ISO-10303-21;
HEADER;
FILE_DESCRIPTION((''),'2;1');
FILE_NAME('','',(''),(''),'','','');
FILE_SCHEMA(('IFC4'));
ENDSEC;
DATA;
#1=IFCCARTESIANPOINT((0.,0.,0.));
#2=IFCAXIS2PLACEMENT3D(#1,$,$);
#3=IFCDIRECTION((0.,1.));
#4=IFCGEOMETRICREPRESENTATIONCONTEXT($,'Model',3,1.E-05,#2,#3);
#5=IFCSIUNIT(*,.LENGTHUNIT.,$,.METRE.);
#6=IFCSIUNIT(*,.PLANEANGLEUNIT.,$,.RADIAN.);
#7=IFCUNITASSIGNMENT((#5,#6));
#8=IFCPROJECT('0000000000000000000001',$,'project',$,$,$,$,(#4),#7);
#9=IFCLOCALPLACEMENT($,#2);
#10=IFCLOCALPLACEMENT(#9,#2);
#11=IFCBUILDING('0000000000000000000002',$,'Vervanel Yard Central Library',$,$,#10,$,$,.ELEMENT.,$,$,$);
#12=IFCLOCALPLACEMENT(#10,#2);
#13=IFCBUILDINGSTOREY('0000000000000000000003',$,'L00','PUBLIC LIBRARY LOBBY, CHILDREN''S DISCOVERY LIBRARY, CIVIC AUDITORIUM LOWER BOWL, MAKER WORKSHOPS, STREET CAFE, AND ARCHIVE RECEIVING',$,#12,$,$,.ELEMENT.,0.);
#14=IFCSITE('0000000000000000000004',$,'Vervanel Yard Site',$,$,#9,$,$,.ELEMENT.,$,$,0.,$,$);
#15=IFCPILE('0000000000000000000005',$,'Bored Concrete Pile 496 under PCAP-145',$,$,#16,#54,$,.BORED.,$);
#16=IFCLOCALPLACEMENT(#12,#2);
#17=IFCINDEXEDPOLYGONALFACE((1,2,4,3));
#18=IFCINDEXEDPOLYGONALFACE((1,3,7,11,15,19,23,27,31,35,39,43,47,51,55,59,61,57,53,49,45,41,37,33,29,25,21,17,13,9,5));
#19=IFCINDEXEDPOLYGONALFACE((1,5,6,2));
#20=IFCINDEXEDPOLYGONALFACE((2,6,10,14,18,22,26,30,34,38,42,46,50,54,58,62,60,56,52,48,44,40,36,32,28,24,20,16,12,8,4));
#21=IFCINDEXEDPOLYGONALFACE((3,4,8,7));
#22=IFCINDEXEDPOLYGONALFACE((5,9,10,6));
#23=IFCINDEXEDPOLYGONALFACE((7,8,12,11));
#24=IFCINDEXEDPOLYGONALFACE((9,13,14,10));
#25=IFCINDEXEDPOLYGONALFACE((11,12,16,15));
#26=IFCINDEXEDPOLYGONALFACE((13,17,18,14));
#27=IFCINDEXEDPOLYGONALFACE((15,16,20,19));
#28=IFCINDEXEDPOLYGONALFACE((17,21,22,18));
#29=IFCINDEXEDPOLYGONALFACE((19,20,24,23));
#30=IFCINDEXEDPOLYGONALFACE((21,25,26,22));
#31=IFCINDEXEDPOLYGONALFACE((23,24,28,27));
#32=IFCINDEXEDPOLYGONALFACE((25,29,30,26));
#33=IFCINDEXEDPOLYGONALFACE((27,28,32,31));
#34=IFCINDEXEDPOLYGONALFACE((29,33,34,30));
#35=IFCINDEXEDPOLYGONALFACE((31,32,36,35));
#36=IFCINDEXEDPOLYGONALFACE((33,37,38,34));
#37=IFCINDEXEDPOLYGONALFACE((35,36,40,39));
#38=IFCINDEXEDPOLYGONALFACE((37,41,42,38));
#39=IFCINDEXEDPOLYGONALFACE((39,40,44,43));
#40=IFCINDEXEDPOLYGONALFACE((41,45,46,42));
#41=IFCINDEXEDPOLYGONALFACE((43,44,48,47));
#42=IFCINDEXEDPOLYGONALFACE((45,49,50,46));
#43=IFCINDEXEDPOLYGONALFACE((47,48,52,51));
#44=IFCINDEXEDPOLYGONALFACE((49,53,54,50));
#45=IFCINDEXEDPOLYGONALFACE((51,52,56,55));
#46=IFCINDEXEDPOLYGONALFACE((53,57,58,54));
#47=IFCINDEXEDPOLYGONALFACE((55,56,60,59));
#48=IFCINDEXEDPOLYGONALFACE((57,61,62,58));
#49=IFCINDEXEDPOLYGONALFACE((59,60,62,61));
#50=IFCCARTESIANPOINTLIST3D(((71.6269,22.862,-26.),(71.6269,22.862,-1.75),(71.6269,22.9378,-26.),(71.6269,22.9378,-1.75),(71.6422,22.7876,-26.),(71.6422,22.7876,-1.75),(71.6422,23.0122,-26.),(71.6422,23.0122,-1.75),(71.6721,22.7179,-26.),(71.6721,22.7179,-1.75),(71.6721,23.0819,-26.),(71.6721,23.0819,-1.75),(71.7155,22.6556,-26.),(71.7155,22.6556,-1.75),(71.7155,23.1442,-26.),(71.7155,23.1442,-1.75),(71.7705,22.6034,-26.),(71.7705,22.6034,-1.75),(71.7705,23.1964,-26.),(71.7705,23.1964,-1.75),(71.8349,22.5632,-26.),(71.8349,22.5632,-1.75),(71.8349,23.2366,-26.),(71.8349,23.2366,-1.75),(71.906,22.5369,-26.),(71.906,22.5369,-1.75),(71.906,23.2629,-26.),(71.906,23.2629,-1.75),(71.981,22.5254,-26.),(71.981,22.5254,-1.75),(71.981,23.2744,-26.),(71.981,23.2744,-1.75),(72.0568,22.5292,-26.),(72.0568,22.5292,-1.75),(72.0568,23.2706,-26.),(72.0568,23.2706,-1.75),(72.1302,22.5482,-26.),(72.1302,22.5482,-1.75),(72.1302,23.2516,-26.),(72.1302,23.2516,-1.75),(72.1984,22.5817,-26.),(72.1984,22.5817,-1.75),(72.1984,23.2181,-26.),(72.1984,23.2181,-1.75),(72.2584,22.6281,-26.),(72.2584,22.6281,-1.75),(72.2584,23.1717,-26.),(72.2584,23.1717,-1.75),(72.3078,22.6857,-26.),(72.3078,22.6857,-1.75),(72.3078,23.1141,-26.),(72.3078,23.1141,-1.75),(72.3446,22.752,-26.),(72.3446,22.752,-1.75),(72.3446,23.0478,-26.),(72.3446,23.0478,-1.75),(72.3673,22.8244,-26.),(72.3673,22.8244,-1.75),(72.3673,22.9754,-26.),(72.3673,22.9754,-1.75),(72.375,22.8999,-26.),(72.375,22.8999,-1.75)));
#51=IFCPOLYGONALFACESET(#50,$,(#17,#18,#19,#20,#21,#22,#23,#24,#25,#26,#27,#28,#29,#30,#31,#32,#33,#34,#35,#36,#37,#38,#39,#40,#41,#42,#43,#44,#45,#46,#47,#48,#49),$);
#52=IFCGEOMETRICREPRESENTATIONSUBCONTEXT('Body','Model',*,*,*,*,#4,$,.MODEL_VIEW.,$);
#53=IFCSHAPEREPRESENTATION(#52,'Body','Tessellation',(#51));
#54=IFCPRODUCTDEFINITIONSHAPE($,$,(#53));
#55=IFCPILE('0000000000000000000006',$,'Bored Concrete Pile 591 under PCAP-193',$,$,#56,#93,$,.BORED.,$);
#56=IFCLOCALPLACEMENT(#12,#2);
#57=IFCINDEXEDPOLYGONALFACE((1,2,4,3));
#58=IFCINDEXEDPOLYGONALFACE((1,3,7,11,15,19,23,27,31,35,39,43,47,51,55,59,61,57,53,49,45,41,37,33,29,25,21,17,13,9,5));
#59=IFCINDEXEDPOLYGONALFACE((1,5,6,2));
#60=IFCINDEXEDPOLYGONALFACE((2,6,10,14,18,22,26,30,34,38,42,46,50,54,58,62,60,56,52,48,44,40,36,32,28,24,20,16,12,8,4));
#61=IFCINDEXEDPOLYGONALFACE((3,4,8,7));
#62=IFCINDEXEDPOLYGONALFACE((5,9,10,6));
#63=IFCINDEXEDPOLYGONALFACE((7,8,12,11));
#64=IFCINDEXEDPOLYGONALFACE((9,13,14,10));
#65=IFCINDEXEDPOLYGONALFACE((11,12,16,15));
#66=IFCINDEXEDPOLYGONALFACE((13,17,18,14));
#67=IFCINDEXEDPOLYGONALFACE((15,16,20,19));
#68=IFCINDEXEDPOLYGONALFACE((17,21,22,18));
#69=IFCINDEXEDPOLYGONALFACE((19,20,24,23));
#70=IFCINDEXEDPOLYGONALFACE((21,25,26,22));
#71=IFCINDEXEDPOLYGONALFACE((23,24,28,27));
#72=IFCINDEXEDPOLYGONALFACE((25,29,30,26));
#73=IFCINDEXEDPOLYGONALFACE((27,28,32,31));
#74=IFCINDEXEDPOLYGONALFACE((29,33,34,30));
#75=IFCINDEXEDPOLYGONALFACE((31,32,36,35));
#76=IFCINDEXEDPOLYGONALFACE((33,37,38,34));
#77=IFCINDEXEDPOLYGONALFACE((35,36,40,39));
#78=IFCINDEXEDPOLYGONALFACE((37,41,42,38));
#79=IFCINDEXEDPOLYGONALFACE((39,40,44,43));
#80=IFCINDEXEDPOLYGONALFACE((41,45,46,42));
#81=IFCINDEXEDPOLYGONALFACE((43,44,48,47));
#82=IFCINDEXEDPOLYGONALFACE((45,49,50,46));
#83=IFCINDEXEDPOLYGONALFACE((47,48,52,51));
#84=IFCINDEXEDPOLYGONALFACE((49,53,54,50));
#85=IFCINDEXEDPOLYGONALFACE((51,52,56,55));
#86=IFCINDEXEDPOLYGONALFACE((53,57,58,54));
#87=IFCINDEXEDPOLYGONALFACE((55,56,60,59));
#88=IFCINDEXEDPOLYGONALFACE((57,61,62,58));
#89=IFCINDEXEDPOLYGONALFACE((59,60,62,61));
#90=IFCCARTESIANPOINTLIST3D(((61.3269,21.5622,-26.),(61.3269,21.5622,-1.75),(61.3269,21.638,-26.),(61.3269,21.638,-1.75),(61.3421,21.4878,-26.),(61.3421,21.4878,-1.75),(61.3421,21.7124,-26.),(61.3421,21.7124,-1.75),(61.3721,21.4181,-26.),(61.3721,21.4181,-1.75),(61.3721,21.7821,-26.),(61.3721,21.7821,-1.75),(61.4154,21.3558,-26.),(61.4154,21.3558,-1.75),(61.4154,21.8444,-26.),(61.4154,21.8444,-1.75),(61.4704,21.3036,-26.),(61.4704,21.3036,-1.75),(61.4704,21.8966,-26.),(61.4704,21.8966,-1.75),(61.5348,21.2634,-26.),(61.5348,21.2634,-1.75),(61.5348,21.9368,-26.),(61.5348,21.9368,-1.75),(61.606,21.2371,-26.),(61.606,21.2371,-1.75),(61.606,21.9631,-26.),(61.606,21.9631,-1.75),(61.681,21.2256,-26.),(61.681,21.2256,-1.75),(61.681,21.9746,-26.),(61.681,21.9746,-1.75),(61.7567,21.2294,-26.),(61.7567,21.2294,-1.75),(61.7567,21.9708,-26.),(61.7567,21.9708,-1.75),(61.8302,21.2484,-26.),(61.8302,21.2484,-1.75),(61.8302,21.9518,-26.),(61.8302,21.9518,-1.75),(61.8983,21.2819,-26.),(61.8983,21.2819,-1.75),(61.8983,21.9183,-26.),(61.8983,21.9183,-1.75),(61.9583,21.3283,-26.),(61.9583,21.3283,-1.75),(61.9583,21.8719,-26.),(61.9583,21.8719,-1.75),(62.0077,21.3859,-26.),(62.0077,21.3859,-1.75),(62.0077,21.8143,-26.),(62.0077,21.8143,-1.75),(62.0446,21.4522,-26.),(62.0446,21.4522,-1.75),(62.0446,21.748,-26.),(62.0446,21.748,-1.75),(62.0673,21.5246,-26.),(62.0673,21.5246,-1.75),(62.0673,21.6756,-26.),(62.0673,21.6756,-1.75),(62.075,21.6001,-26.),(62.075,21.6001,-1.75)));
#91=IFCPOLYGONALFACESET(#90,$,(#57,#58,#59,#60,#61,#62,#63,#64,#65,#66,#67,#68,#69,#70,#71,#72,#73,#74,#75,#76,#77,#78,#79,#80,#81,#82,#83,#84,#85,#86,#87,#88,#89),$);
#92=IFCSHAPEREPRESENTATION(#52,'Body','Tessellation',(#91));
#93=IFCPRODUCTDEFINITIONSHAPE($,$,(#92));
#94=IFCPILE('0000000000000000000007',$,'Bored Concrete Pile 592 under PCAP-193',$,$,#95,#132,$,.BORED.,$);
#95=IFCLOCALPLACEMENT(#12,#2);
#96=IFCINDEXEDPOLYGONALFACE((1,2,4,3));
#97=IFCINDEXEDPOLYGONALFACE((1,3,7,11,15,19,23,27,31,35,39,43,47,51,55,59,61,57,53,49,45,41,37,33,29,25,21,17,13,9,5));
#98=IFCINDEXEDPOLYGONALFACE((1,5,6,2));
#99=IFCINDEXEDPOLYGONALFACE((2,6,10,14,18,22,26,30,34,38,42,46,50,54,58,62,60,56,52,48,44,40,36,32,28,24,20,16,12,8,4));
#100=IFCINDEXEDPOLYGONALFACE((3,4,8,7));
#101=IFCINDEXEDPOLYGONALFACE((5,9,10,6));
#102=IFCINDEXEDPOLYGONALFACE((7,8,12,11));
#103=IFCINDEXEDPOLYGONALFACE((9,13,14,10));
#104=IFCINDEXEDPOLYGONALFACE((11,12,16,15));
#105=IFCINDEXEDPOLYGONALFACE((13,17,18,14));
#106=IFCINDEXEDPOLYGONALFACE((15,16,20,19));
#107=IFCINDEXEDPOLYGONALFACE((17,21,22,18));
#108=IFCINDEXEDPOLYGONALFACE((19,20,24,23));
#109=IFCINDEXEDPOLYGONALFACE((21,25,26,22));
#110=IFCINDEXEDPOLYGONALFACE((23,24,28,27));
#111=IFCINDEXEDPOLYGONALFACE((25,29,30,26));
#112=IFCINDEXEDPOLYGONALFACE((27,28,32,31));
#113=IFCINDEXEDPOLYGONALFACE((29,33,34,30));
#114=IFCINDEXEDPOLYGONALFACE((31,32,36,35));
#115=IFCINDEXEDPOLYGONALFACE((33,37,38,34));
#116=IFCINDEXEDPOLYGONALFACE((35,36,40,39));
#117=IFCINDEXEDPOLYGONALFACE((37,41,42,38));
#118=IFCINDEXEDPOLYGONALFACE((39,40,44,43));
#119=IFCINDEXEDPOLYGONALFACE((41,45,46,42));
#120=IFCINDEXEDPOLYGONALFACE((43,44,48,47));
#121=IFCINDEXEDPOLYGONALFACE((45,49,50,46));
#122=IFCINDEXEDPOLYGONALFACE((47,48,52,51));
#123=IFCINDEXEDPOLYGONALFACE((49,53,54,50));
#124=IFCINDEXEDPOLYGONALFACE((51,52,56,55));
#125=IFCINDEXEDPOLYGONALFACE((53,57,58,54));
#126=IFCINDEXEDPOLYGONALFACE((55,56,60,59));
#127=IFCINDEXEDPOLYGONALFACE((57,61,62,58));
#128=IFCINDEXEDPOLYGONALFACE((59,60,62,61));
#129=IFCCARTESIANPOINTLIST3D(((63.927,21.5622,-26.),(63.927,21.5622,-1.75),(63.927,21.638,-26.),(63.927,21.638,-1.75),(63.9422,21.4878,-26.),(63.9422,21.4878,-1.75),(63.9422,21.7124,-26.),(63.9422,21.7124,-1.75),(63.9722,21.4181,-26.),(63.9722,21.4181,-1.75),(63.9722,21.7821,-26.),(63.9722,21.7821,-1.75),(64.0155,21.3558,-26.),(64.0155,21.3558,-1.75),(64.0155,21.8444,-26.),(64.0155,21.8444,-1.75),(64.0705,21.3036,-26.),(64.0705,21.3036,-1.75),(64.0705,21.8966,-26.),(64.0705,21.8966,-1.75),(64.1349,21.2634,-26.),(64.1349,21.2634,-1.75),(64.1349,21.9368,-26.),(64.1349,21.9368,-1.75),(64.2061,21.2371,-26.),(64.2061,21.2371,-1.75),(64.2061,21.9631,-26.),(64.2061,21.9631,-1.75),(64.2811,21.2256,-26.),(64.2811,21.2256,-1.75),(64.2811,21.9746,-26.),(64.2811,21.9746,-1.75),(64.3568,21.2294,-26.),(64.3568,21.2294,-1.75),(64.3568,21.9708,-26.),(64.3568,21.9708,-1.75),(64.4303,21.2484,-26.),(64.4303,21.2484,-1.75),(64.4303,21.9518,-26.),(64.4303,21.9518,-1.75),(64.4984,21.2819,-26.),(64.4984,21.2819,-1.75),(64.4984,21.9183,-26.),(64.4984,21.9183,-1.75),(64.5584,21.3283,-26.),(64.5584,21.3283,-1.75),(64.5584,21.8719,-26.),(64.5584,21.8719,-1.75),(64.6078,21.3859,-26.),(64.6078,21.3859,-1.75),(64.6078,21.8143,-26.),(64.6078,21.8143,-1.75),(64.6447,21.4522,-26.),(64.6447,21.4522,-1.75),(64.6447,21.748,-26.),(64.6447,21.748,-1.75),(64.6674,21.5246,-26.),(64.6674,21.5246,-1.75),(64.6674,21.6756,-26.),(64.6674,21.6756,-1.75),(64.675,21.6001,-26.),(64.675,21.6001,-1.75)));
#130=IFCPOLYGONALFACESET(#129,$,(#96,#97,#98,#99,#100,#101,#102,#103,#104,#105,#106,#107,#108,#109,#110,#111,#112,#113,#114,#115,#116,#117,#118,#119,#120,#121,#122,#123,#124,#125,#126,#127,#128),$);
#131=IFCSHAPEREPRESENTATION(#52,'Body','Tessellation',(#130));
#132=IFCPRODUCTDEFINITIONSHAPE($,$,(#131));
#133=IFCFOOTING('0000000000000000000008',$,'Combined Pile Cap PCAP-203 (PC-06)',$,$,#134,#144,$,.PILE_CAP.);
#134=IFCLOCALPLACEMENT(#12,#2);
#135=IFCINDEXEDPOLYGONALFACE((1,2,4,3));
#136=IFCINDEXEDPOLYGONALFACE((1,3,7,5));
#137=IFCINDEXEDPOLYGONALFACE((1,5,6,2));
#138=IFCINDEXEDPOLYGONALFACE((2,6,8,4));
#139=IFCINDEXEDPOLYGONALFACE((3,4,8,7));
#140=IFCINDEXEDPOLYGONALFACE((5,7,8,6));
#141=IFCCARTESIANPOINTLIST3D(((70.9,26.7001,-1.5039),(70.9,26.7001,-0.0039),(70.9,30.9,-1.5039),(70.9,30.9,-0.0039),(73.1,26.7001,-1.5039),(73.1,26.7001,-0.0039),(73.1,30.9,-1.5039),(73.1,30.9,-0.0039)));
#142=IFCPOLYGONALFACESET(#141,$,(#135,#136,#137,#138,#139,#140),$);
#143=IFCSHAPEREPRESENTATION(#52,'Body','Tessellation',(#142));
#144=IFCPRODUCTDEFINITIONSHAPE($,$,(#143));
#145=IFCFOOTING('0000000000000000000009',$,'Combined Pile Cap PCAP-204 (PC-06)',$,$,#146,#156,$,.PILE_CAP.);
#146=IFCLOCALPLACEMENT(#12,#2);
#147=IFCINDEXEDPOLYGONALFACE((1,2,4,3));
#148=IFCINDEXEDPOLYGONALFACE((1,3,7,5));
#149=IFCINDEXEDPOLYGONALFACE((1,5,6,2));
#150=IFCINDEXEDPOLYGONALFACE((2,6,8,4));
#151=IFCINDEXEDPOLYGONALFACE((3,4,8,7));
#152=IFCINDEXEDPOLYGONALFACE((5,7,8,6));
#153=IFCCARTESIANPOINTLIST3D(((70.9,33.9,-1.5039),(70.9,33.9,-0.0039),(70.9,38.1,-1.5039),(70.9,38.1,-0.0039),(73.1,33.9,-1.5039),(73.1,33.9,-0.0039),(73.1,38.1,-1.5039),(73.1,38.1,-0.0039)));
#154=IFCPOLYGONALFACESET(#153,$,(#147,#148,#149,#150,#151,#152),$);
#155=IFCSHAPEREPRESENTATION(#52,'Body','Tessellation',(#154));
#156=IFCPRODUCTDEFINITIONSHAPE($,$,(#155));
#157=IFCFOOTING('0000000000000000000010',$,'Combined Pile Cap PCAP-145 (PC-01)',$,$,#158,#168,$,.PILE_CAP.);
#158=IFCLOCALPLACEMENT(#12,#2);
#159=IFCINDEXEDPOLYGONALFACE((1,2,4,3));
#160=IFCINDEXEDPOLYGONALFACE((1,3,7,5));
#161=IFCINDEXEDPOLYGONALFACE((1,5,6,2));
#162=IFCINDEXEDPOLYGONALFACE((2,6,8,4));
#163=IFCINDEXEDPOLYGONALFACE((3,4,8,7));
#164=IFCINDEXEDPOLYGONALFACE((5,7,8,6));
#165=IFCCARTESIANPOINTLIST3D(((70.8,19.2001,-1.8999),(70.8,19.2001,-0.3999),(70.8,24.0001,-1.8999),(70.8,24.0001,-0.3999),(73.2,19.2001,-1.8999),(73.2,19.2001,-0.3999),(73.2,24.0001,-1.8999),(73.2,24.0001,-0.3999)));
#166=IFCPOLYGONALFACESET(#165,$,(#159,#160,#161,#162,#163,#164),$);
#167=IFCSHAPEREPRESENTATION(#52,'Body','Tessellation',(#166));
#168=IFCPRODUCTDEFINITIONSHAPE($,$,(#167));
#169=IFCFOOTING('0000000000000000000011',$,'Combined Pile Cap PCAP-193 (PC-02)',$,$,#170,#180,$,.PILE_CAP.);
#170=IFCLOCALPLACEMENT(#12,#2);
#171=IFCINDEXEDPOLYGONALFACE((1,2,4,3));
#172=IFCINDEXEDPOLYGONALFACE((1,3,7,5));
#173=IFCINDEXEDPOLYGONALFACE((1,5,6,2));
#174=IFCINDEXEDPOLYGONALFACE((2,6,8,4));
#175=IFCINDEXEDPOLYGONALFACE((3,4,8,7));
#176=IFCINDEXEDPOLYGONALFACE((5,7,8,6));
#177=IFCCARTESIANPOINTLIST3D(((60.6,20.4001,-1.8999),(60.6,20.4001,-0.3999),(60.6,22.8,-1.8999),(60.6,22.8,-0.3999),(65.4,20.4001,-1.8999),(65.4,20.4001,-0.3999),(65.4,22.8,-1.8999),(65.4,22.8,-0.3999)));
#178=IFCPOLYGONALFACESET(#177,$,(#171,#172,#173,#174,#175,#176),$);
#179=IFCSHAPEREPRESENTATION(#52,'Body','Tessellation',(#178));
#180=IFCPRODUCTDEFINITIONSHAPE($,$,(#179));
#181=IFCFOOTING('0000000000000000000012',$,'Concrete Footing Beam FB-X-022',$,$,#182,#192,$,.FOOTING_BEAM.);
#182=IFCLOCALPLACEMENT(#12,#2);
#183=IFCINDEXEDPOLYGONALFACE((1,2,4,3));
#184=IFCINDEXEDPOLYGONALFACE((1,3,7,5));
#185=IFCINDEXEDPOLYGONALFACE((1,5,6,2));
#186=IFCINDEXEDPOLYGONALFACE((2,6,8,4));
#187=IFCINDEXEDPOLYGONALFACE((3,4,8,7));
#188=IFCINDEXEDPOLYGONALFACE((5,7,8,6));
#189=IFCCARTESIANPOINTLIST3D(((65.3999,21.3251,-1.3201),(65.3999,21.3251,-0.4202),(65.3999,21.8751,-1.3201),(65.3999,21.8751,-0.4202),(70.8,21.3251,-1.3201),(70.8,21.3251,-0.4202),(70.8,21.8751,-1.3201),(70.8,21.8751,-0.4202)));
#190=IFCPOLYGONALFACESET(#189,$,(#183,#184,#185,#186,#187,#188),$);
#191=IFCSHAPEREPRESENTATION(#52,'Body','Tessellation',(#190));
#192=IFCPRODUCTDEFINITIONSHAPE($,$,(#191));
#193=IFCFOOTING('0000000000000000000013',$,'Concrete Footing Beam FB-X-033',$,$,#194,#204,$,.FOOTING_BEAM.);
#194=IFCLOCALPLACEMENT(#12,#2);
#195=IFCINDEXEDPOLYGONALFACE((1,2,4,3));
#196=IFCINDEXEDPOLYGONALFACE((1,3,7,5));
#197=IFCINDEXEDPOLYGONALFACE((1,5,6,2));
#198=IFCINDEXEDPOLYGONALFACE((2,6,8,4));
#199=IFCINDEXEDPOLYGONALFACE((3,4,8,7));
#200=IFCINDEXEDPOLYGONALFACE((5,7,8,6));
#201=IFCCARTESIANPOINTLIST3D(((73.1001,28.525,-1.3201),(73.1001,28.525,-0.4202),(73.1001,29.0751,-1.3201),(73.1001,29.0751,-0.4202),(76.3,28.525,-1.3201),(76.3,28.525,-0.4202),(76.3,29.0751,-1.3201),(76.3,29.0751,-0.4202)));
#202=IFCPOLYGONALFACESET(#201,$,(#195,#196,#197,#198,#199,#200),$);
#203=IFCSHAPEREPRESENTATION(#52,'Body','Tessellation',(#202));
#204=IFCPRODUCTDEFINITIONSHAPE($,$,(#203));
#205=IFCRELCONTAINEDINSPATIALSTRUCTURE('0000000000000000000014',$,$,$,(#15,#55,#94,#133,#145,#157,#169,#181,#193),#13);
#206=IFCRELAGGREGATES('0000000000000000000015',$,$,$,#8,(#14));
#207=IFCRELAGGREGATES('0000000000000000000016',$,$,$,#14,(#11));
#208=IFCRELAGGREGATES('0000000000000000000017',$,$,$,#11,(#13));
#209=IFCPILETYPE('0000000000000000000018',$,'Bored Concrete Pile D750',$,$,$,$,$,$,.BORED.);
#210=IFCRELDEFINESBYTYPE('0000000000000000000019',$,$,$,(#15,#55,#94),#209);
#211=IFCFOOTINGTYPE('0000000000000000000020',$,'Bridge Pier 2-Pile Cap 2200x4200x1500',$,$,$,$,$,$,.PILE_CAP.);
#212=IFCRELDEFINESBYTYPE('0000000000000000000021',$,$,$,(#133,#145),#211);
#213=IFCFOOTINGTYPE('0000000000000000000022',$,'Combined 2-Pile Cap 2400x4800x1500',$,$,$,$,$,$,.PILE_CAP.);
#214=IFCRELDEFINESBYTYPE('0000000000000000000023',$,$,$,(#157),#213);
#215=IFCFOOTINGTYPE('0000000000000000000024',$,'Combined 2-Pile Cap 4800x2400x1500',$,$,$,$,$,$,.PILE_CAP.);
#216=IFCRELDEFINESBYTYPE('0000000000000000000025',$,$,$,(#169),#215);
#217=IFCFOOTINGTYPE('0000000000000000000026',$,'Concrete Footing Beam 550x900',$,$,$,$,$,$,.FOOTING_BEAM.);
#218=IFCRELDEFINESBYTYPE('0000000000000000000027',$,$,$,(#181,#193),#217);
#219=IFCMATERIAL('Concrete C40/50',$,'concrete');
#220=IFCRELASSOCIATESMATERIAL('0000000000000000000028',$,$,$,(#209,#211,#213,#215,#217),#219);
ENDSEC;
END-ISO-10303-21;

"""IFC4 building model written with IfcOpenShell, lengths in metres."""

from ifc_helpers import new_model, si_unit, direction, frame, origin, origin_2d, place, context, subcontext, project, spatial, rectangle, circle, extrude, material, material_profile, profile_set, type_object, element, save


model = new_model("IFC4")

# Units and contexts
model_context = context("Model", 3, precision=1e-05, world=origin(), true_north=direction((0.0, 1.0)))
body_context = subcontext(model_context, "Body", "Model", "MODEL_VIEW")
ifc_project = project(units=[si_unit("LENGTHUNIT", "METRE"), si_unit("PLANEANGLEUNIT", "RADIAN")], contexts=[model_context])

# Site, building, storey
site_placement = place(None, origin())
site = spatial("IfcSite", under=ifc_project, at=site_placement, Name="Vervanel Yard Site", CompositionType="ELEMENT", RefElevation=0.0)
building_placement = place(site_placement, origin())
building = spatial("IfcBuilding", under=site, at=building_placement, Name="Vervanel Yard Central Library", CompositionType="ELEMENT")
storey_placement = place(building_placement, origin())
storey = spatial("IfcBuildingStorey", under=building, at=storey_placement, Name="L00", Description="PUBLIC LIBRARY LOBBY, CHILDREN'S DISCOVERY LIBRARY, CIVIC AUDITORIUM LOWER BOWL, MAKER WORKSHOPS, STREET CAFE, AND ARCHIVE RECEIVING", CompositionType="ELEMENT", Elevation=0.0)

# Piles
ifc_material_1 = material(Name="Concrete C40/50", Category="concrete")
ifc_material_profile_1 = material_profile(ifc_material_1, circle(Radius=0.375, at=origin_2d()), Name="BP D750", Category="concrete")
ifc_profile_set_1 = profile_set([ifc_material_profile_1], Name="Concrete C40/50")
pile_type_1 = type_object("IfcPileType", Name="Bored Concrete Pile D750", PredefinedType="BORED", material=ifc_profile_set_1)
for number, where, z_axis, x_axis, name in (
    (1, (72.0, 22.8999, -1.75), (0.0, 0.0, -1.0), (1.0, 0.0, 0.0), "Bored Concrete Pile 496 under PCAP-145"),
    (2, (61.7, 21.6001, -1.75), (0.0, 0.0, -1.0), (1.0, 0.0, 0.0), "Bored Concrete Pile 591 under PCAP-193"),
    (3, (64.3, 21.6001, -1.75), (0.0, 0.0, -1.0), (1.0, 0.0, 0.0), "Bored Concrete Pile 592 under PCAP-193"),
):
    element("IfcPile", number, at=place(storey_placement, frame(where, z_axis=z_axis, x_axis=x_axis)), inside=storey, type_object=pile_type_1, Name=name, PredefinedType="BORED", context=body_context, shape_type="SweptSolid", body=[
        extrude(circle(Radius=0.375, at=origin_2d()), origin(), (0.0, 0.0, 1.0), 24.25),
    ])

# Footings
footing_type_1 = type_object("IfcFootingType", Name="Bridge Pier 2-Pile Cap 2200x4200x1500", PredefinedType="PILE_CAP", material=ifc_material_1)
for number, where, z_axis, x_axis, name in (
    (4, (72.0, 28.8, -1.5039), (0.0, 0.0, 1.0), (1.0, 0.0, 0.0), "Combined Pile Cap PCAP-203 (PC-06)"),
    (5, (72.0, 36.0, -1.5039), (0.0, 0.0, 1.0), (1.0, 0.0, 0.0), "Combined Pile Cap PCAP-204 (PC-06)"),
):
    element("IfcFooting", number, at=place(storey_placement, frame(where, z_axis=z_axis, x_axis=x_axis)), inside=storey, type_object=footing_type_1, Name=name, PredefinedType="PILE_CAP", context=body_context, shape_type="SweptSolid", body=[
        extrude(rectangle(XDim=2.2, YDim=4.2, at=origin_2d()), origin(), (0.0, 0.0, 1.0), 1.5),
    ])
footing_type_2 = type_object("IfcFootingType", Name="Combined 2-Pile Cap 2400x4800x1500", PredefinedType="PILE_CAP", material=ifc_material_1)
footing_1_placement = place(storey_placement, frame((72.0, 21.6001, -1.8999), z_axis=(0.0, 0.0, 1.0), x_axis=(1.0, 0.0, 0.0)))
element("IfcFooting", 6, at=footing_1_placement, inside=storey, type_object=footing_type_2, Name="Combined Pile Cap PCAP-145 (PC-01)", PredefinedType="PILE_CAP", context=body_context, shape_type="SweptSolid", body=[
    extrude(rectangle(XDim=2.3999, YDim=4.8, at=origin_2d()), origin(), (0.0, 0.0, 1.0), 1.5),
])
footing_type_3 = type_object("IfcFootingType", Name="Combined 2-Pile Cap 4800x2400x1500", PredefinedType="PILE_CAP", material=ifc_material_1)
footing_2_placement = place(storey_placement, frame((63.0, 21.6001, -1.8999), z_axis=(0.0, 0.0, 1.0), x_axis=(1.0, 0.0, 0.0)))
element("IfcFooting", 7, at=footing_2_placement, inside=storey, type_object=footing_type_3, Name="Combined Pile Cap PCAP-193 (PC-02)", PredefinedType="PILE_CAP", context=body_context, shape_type="SweptSolid", body=[
    extrude(rectangle(XDim=4.8, YDim=2.3999, at=origin_2d()), origin(), (0.0, 0.0, 1.0), 1.5),
])
ifc_material_profile_2 = material_profile(ifc_material_1, rectangle(XDim=0.55, YDim=0.8999, at=origin_2d()), Name="RC 550x900", Category="concrete")
ifc_profile_set_2 = profile_set([ifc_material_profile_2], Name="Concrete C40/50")
footing_type_4 = type_object("IfcFootingType", Name="Concrete Footing Beam 550x900", PredefinedType="FOOTING_BEAM", material=ifc_profile_set_2)
footing_3_placement = place(storey_placement, frame((65.3999, 21.6001, -0.8701), z_axis=(1.0, 0.0, 0.0), x_axis=(0.0, 1.0, 0.0)))
element("IfcFooting", 8, at=footing_3_placement, inside=storey, type_object=footing_type_4, Name="Concrete Footing Beam FB-X-022", PredefinedType="FOOTING_BEAM", context=body_context, shape_type="SweptSolid", body=[
    extrude(rectangle(XDim=0.55, YDim=0.8999, at=origin_2d()), origin(), (0.0, 0.0, 1.0), 5.4001),
])
for number, where, z_axis, x_axis, name in (
    (9, (73.1001, 28.8, -0.8701), (1.0, 0.0, 0.0), (0.0, 1.0, 0.0), "Concrete Footing Beam FB-X-033"),
):
    element("IfcFooting", number, at=place(storey_placement, frame(where, z_axis=z_axis, x_axis=x_axis)), inside=storey, type_object=footing_type_4, Name=name, PredefinedType="FOOTING_BEAM", context=body_context, shape_type="SweptSolid", body=[
        extrude(rectangle(XDim=0.55, YDim=0.8999, at=origin_2d()), origin(), (0.0, 0.0, 1.0), 3.2),
    ])

save(model, "model.ifc")
